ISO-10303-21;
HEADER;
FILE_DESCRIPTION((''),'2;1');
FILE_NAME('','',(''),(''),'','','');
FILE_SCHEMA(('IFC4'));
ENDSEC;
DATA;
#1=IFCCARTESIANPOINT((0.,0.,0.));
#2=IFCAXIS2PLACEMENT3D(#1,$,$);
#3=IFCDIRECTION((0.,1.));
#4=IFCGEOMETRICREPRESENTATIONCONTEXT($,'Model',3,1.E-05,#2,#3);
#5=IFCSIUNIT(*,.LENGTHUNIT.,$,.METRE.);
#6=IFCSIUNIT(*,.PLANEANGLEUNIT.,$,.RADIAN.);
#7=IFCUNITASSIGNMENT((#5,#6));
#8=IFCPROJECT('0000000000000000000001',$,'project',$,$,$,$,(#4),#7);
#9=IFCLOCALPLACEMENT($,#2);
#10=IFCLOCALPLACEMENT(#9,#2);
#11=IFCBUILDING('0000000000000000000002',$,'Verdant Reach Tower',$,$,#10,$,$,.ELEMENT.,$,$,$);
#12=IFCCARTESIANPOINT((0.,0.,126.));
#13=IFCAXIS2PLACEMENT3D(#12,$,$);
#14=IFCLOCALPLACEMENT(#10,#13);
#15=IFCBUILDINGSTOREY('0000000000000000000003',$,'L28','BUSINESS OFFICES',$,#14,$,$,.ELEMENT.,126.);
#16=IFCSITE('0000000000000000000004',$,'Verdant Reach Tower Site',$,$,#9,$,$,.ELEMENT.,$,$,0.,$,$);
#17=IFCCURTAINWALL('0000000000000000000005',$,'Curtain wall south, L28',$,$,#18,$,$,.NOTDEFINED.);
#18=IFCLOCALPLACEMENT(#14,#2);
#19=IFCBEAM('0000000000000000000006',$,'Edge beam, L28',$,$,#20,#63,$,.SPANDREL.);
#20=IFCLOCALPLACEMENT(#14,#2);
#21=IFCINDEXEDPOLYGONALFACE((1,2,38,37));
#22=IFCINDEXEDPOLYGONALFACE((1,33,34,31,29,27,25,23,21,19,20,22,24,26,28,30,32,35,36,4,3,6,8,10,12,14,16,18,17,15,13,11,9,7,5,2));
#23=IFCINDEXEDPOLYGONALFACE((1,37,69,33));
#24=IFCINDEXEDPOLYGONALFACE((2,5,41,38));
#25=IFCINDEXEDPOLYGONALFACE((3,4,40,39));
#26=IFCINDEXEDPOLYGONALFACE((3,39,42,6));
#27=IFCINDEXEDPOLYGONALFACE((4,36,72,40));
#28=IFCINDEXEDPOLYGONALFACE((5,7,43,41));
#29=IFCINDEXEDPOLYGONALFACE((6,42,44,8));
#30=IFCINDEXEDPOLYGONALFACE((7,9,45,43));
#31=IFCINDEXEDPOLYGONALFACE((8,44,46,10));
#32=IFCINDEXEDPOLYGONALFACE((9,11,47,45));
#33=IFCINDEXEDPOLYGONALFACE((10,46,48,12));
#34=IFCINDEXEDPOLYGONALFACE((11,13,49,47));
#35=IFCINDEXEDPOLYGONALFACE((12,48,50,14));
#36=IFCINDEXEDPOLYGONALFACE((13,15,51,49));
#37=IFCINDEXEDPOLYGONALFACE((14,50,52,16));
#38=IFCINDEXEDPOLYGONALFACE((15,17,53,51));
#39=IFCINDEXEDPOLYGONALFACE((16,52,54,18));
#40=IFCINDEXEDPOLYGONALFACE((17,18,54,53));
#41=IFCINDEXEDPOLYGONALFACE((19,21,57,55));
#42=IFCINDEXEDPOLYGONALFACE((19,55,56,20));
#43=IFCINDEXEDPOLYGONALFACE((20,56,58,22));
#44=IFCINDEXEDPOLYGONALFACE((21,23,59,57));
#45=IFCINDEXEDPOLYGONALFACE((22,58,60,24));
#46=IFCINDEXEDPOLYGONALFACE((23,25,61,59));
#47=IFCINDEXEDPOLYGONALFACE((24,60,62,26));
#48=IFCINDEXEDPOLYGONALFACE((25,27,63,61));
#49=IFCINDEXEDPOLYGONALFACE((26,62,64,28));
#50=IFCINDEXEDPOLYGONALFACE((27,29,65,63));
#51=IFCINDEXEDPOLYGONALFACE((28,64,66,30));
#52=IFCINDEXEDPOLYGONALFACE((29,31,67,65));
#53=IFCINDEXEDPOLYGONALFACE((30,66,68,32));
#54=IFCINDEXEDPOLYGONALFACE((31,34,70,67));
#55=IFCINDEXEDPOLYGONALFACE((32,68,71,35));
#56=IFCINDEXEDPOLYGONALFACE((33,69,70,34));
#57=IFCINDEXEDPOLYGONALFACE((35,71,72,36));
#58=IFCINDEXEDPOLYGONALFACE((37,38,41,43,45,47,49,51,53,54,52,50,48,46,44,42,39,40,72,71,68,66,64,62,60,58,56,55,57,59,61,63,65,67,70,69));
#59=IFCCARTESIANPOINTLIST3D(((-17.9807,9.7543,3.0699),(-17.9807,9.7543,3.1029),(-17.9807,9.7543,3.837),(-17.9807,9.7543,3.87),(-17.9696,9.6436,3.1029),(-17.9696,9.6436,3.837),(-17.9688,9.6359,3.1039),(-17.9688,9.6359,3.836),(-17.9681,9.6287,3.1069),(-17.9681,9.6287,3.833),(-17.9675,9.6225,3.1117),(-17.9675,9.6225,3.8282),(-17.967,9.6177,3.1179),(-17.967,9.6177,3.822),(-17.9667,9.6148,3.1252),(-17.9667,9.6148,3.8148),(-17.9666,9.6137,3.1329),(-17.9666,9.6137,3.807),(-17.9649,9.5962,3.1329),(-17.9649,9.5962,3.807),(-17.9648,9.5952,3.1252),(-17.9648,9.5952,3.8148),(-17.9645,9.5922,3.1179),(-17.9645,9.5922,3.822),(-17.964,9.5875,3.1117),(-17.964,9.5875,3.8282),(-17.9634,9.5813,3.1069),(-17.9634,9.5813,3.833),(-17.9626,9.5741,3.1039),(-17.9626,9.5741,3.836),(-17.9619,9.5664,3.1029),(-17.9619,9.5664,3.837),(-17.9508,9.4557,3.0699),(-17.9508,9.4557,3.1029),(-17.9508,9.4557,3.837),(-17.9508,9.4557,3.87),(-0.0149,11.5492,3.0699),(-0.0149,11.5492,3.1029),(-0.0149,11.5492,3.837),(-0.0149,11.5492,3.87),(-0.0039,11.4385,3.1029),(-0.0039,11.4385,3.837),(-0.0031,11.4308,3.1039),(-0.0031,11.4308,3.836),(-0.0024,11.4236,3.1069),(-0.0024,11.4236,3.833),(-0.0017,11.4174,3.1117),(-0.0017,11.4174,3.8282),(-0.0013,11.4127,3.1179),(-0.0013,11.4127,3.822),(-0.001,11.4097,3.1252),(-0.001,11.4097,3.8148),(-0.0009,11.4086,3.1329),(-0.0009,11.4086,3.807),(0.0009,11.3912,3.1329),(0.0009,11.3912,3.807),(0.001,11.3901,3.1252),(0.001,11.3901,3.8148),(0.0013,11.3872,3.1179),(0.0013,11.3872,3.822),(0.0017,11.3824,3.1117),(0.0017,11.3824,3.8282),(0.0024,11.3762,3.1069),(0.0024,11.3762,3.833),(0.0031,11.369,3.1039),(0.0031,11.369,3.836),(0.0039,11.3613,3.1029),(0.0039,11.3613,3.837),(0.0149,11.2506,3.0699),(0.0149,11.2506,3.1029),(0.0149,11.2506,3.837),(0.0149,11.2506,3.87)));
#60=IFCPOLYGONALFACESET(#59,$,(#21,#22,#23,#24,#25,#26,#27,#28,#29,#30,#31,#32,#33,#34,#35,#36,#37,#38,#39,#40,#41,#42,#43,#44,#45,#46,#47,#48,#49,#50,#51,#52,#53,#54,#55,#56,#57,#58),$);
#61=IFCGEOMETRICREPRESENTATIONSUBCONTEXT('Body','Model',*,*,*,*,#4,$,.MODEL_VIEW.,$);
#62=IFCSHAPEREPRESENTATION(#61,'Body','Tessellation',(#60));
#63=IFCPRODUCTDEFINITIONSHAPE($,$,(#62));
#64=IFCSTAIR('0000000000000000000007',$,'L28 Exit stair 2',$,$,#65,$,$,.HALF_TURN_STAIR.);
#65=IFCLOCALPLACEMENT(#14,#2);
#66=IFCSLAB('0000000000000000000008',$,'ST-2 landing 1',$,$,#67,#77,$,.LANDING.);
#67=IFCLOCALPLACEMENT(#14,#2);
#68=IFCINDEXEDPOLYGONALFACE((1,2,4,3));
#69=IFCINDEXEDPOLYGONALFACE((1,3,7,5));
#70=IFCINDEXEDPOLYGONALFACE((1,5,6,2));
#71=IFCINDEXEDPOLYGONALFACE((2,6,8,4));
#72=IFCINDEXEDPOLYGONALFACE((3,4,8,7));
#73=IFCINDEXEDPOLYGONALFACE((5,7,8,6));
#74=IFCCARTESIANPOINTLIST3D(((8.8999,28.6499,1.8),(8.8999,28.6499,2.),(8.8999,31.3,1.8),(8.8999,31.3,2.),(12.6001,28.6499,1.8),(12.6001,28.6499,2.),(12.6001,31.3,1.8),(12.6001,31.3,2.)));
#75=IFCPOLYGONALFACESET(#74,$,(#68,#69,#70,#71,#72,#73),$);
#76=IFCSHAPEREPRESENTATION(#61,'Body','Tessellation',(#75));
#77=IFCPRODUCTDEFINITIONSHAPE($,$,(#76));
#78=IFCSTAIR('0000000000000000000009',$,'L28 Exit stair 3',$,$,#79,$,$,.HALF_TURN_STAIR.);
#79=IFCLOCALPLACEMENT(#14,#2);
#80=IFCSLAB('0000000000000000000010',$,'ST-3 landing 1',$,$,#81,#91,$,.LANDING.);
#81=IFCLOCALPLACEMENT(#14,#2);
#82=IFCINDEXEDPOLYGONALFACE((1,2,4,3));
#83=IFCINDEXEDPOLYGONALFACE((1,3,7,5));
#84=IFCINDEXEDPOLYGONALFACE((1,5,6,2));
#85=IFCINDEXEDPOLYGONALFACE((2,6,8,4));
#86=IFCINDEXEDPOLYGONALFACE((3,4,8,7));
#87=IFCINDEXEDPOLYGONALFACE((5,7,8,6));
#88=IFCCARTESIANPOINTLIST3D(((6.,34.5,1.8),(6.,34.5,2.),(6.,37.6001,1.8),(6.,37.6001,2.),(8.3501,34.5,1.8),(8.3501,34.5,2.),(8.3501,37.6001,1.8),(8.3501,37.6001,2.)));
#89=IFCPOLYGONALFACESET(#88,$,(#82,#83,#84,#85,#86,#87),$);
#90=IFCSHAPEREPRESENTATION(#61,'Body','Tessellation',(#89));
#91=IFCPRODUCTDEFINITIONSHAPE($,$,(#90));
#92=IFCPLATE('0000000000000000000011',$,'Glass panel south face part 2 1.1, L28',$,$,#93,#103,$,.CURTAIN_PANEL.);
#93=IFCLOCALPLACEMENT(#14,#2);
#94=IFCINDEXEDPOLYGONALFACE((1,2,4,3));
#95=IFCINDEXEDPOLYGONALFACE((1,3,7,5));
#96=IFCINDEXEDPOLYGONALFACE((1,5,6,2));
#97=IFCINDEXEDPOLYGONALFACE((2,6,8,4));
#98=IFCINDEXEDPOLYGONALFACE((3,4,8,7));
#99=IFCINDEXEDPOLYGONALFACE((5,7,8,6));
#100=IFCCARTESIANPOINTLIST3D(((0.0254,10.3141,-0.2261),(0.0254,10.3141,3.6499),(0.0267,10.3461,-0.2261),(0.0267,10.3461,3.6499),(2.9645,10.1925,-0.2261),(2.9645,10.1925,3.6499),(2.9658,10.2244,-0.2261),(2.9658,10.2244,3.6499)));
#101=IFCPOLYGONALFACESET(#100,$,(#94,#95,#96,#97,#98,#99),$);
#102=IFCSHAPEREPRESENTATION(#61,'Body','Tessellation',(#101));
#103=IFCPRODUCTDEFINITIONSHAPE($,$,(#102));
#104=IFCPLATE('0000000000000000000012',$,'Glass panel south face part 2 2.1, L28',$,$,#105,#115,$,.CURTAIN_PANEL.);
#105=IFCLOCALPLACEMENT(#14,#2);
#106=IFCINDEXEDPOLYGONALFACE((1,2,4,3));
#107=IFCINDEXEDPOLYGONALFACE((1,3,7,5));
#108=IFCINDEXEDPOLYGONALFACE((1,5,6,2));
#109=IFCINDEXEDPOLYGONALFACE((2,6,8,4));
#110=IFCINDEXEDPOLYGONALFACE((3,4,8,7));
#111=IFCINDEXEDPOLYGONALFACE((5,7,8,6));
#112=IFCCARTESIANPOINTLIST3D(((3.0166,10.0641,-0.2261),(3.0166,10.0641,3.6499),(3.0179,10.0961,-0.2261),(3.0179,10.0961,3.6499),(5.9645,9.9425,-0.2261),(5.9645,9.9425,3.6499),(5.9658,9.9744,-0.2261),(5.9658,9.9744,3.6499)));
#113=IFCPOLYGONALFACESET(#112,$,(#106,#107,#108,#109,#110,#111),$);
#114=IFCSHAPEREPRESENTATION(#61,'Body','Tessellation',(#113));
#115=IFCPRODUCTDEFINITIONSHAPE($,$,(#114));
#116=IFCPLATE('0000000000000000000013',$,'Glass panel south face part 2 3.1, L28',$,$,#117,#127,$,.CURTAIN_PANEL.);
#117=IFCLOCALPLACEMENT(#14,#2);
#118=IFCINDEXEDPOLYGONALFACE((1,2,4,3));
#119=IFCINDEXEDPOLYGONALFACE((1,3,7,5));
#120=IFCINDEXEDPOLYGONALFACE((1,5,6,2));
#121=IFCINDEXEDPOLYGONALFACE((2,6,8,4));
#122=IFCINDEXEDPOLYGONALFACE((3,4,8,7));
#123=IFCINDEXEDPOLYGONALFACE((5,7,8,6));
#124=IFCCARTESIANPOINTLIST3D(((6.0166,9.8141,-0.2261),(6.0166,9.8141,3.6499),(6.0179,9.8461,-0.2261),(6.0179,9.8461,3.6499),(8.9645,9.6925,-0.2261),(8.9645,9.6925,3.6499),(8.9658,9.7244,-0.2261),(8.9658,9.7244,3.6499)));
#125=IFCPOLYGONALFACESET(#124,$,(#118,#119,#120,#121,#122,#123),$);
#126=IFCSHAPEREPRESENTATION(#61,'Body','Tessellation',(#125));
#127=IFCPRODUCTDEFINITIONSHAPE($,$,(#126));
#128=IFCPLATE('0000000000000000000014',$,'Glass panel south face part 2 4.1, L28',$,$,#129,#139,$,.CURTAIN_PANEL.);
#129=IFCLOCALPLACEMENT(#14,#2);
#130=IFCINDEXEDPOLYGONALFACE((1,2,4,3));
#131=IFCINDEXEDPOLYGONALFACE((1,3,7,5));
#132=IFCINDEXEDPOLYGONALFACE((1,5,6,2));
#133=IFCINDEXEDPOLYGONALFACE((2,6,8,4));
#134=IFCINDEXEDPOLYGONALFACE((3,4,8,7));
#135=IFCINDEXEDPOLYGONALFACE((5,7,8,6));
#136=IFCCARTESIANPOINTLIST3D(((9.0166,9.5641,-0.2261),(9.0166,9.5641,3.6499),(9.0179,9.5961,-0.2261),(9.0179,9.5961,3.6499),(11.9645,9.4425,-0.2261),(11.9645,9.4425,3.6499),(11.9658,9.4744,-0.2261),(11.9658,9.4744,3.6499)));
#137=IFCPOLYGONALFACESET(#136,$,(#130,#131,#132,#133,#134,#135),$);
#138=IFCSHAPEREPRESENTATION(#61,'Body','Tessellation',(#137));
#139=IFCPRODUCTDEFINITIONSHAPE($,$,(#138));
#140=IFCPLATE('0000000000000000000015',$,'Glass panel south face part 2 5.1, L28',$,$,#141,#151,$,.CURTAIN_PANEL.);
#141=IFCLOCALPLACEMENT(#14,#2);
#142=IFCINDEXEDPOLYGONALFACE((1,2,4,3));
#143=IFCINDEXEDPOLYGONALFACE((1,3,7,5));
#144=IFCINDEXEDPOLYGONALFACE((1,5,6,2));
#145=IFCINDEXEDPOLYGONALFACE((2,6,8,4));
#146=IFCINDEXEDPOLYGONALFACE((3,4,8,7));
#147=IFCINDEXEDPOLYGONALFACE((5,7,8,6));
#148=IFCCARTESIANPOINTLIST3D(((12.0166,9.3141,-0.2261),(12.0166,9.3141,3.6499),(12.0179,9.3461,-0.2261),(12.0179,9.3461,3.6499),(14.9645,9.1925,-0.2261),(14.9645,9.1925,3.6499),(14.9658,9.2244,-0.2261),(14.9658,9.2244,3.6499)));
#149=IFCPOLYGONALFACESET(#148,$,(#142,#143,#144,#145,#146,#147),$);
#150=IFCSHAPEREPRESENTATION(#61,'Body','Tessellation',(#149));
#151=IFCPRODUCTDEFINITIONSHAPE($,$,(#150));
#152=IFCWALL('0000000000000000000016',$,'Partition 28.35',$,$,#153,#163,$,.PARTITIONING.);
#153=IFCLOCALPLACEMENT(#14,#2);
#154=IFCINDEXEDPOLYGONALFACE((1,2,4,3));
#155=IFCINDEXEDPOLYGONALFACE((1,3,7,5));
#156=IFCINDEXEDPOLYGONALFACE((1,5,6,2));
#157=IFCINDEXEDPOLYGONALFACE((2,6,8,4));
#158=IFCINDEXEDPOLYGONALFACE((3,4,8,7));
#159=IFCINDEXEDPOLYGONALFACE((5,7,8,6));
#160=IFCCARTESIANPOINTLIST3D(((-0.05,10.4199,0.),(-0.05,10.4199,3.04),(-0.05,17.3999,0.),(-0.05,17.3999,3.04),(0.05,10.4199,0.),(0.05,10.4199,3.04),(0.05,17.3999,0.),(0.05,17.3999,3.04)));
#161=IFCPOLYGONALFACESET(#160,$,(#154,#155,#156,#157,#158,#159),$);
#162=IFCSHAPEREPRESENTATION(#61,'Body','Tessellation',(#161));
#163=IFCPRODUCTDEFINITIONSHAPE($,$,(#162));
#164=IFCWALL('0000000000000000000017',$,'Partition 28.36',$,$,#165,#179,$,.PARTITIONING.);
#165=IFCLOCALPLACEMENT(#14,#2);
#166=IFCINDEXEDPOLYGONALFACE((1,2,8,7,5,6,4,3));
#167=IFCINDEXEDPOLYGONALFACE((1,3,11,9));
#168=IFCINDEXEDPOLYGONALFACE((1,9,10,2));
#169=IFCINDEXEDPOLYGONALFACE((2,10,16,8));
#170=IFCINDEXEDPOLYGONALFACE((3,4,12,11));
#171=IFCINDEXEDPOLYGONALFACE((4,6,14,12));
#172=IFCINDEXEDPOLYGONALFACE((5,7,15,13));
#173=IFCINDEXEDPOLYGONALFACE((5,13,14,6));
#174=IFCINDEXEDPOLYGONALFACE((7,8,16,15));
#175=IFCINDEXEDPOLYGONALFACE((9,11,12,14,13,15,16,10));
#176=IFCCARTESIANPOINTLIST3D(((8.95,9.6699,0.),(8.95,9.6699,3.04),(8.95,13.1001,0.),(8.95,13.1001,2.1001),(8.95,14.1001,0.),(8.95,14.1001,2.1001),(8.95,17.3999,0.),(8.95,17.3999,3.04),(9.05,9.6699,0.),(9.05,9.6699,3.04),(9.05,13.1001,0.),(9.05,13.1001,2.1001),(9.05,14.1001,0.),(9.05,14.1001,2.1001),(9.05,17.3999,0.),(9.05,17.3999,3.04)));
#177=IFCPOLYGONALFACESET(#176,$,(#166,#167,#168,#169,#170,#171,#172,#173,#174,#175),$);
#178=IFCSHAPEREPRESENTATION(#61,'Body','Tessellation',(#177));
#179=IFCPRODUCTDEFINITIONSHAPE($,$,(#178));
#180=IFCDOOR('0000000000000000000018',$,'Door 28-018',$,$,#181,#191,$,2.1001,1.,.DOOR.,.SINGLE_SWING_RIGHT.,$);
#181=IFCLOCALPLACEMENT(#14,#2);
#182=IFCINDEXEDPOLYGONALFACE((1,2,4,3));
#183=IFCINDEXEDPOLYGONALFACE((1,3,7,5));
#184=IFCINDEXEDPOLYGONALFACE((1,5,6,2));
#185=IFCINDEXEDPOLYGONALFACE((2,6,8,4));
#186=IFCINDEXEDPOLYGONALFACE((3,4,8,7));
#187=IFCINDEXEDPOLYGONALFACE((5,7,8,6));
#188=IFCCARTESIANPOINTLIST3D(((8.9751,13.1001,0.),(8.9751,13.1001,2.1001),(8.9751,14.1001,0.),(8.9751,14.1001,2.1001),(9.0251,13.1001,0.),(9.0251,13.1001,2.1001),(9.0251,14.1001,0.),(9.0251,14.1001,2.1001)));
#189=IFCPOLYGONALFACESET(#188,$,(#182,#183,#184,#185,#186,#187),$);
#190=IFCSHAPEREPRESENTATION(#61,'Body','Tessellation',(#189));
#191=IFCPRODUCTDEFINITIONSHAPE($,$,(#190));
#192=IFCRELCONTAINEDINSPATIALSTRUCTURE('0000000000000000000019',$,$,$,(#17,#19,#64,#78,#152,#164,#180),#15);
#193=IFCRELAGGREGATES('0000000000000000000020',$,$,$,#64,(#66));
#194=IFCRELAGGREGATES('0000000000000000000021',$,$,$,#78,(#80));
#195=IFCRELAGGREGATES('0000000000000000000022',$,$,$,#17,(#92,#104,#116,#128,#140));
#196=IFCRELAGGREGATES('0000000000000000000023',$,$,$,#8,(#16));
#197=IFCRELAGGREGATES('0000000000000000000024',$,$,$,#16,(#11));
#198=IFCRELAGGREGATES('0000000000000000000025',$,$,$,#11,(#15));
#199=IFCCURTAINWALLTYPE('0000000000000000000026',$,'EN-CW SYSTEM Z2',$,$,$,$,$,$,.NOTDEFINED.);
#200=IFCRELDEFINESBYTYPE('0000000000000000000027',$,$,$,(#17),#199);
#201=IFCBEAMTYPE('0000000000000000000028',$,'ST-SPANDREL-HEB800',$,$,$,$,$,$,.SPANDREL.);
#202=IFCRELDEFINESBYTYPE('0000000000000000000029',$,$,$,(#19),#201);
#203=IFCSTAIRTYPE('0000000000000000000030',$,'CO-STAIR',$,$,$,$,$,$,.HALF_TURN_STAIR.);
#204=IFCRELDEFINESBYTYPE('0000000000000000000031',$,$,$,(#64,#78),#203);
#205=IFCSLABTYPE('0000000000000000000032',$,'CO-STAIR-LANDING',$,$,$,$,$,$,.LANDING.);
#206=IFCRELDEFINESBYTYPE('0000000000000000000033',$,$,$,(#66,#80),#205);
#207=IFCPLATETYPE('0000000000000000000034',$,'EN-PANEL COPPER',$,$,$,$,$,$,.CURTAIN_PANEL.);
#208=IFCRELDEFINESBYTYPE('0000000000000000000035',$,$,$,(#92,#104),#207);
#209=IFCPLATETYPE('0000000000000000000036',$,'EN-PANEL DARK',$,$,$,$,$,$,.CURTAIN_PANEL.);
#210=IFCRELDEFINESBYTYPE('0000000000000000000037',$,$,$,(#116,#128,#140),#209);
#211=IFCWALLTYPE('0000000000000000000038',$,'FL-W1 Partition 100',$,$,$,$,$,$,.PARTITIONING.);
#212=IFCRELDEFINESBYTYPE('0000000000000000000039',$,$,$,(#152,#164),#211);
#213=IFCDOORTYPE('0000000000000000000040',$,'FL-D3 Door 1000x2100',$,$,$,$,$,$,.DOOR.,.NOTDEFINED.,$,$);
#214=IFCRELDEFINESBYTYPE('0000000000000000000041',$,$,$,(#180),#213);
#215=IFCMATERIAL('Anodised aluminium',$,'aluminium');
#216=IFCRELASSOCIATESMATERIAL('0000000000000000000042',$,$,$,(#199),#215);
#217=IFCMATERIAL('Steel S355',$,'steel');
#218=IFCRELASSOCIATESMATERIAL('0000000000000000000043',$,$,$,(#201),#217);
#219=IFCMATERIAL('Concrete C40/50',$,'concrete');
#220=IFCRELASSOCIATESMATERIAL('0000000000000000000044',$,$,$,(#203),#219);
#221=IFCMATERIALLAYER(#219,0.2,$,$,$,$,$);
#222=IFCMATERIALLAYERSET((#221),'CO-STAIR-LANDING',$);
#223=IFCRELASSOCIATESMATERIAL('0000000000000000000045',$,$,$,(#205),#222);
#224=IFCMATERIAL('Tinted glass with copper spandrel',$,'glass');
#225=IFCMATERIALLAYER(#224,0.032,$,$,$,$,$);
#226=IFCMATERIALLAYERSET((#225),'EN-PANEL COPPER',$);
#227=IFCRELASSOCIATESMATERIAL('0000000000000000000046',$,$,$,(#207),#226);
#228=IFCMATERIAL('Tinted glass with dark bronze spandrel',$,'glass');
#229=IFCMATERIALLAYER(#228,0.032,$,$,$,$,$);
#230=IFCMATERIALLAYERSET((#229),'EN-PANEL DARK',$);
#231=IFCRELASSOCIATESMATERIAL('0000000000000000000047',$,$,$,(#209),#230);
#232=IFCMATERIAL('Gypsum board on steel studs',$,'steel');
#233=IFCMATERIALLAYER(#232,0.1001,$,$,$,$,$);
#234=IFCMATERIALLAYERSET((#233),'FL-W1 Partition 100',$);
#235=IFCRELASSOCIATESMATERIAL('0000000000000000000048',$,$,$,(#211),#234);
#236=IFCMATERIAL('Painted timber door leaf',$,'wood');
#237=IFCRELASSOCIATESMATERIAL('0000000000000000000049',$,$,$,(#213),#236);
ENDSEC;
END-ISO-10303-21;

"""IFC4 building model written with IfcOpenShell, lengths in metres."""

from ifc_helpers import new_model, si_unit, direction, frame, frame_2d, origin, origin_2d, place, context, subcontext, project, spatial, polyline, rectangle, i_section, outline, extrude, material, layer, layer_set, material_profile, profile_set, type_object, element, fill, aggregate, save


model = new_model("IFC4")

# Units and contexts
model_context = context("Model", 3, precision=1e-05, world=origin(), true_north=direction((0.0, 1.0)))
body_context = subcontext(model_context, "Body", "Model", "MODEL_VIEW")
ifc_project = project(units=[si_unit("LENGTHUNIT", "METRE"), si_unit("PLANEANGLEUNIT", "RADIAN")], contexts=[model_context])

# Site, building, storey
site_placement = place(None, origin())
site = spatial("IfcSite", under=ifc_project, at=site_placement, Name="Verdant Reach Tower Site", CompositionType="ELEMENT", RefElevation=0.0)
building_placement = place(site_placement, origin())
building = spatial("IfcBuilding", under=site, at=building_placement, Name="Verdant Reach Tower", CompositionType="ELEMENT")
storey_placement = place(building_placement, frame((0.0, 0.0, 126.0)))
storey = spatial("IfcBuildingStorey", under=building, at=storey_placement, Name="L28", Description="BUSINESS OFFICES", CompositionType="ELEMENT", Elevation=126.0)

# Curtain wall
ifc_material_1 = material(Name="Anodised aluminium", Category="aluminium")
curtain_wall_type = type_object("IfcCurtainWallType", Name="EN-CW SYSTEM Z2", PredefinedType="NOTDEFINED", material=ifc_material_1)
curtain_wall_placement = place(storey_placement, origin())
curtain_wall = element("IfcCurtainWall", 1, at=curtain_wall_placement, inside=storey, type_object=curtain_wall_type, Name="Curtain wall south, L28", PredefinedType="NOTDEFINED")

# Beam
ifc_material_2 = material(Name="Steel S355", Category="steel")
ifc_material_profile_1 = material_profile(ifc_material_2, i_section(OverallWidth=0.3, OverallDepth=0.8, WebThickness=0.0176, FlangeThickness=0.033, FilletRadius=0.03, at=origin_2d()), Name="HEB 800")
ifc_profile_set_1 = profile_set([ifc_material_profile_1], Name="Steel S355")
beam_type_1 = type_object("IfcBeamType", Name="ST-SPANDREL-HEB800", PredefinedType="SPANDREL", material=ifc_profile_set_1)
beam_1_placement = place(storey_placement, frame((0.0, 11.3999, 3.47), z_axis=(-0.995046, -0.099413, 0.0), x_axis=(0.099413, -0.995046, 0.0)))
element("IfcBeam", 2, at=beam_1_placement, inside=storey, type_object=beam_type_1, Name="Edge beam, L28", PredefinedType="SPANDREL", context=body_context, shape_type="SweptSolid", body=[
    extrude(i_section(OverallWidth=0.3, OverallDepth=0.8, WebThickness=0.0176, FlangeThickness=0.033, FilletRadius=0.03, at=origin_2d()), origin(), (0.0, 0.0, 1.0), 18.0552),
])

# Stairs, slabs
ifc_material_3 = material(Name="Concrete C40/50", Category="concrete")
stair_type = type_object("IfcStairType", Name="CO-STAIR", PredefinedType="HALF_TURN_STAIR", material=ifc_material_3)
stair_1_placement = place(storey_placement, origin())
stair_1 = element("IfcStair", 3, at=stair_1_placement, inside=storey, type_object=stair_type, Name="L28 Exit stair 2", PredefinedType="HALF_TURN_STAIR")
ifc_layer_1 = layer(ifc_material_3, 0.2)
ifc_layer_set_1 = layer_set([ifc_layer_1], Name="CO-STAIR-LANDING")
slab_type = type_object("IfcSlabType", Name="CO-STAIR-LANDING", PredefinedType="LANDING", material=ifc_layer_set_1)
slab_1_placement = place(storey_placement, frame((0.0, 0.0, 1.8)))
slab_1 = element("IfcSlab", 4, at=slab_1_placement, type_object=slab_type, Name="ST-2 landing 1", PredefinedType="LANDING", context=body_context, shape_type="SweptSolid", body=[
    extrude(outline(polyline([(12.6001, 28.6499), (12.6001, 31.3), (8.8999, 31.3), (8.8999, 28.6499), (12.6001, 28.6499)])), origin(), (0.0, 0.0, 1.0), 0.2),
])
aggregate(stair_1, [slab_1])
stair_2_placement = place(storey_placement, origin())
stair_2 = element("IfcStair", 5, at=stair_2_placement, inside=storey, type_object=stair_type, Name="L28 Exit stair 3", PredefinedType="HALF_TURN_STAIR")
slab_2_placement = place(storey_placement, frame((0.0, 0.0, 1.8)))
slab_2 = element("IfcSlab", 6, at=slab_2_placement, type_object=slab_type, Name="ST-3 landing 1", PredefinedType="LANDING", context=body_context, shape_type="SweptSolid", body=[
    extrude(outline(polyline([(8.3501, 37.6001), (6.0, 37.6001), (6.0, 34.5), (8.3501, 34.5), (8.3501, 37.6001)])), origin(), (0.0, 0.0, 1.0), 0.2),
])
aggregate(stair_2, [slab_2])

# Plates
ifc_material_4 = material(Name="Tinted glass with copper spandrel", Category="glass")
ifc_layer_2 = layer(ifc_material_4, 0.032)
ifc_layer_set_2 = layer_set([ifc_layer_2], Name="EN-PANEL COPPER")
plate_type_1 = type_object("IfcPlateType", Name="EN-PANEL COPPER", PredefinedType="CURTAIN_PANEL", material=ifc_layer_set_2)
plate_1_placement = place(storey_placement, frame((1.4956, 10.2693, -0.2261), z_axis=(0.0, 0.0, 1.0), x_axis=(0.999144, -0.041364, 0.0)))
plate_1 = element("IfcPlate", 7, at=plate_1_placement, type_object=plate_type_1, Name="Glass panel south face part 2 1.1, L28", PredefinedType="CURTAIN_PANEL", context=body_context, shape_type="SweptSolid", body=[
    extrude(rectangle(XDim=2.9417, YDim=0.032, at=origin_2d()), origin(), (0.0, 0.0, 1.0), 3.876),
])
plate_2_placement = place(storey_placement, frame((4.4912, 10.0193, -0.2261), z_axis=(0.0, 0.0, 1.0), x_axis=(0.999149, -0.041242, 0.0)))
plate_2 = element("IfcPlate", 8, at=plate_2_placement, type_object=plate_type_1, Name="Glass panel south face part 2 2.1, L28", PredefinedType="CURTAIN_PANEL", context=body_context, shape_type="SweptSolid", body=[
    extrude(rectangle(XDim=2.9504, YDim=0.032, at=origin_2d()), origin(), (0.0, 0.0, 1.0), 3.876),
])
ifc_material_5 = material(Name="Tinted glass with dark bronze spandrel", Category="glass")
ifc_layer_3 = layer(ifc_material_5, 0.032)
ifc_layer_set_3 = layer_set([ifc_layer_3], Name="EN-PANEL DARK")
plate_type_2 = type_object("IfcPlateType", Name="EN-PANEL DARK", PredefinedType="CURTAIN_PANEL", material=ifc_layer_set_3)
plate_3_placement = place(storey_placement, frame((7.4912, 9.7693, -0.2261), z_axis=(0.0, 0.0, 1.0), x_axis=(0.999149, -0.041242, 0.0)))
plate_3 = element("IfcPlate", 9, at=plate_3_placement, type_object=plate_type_2, Name="Glass panel south face part 2 3.1, L28", PredefinedType="CURTAIN_PANEL", context=body_context, shape_type="SweptSolid", body=[
    extrude(rectangle(XDim=2.9504, YDim=0.032, at=origin_2d()), origin(), (0.0, 0.0, 1.0), 3.876),
])
plate_4_placement = place(storey_placement, frame((10.4912, 9.5193, -0.2261), z_axis=(0.0, 0.0, 1.0), x_axis=(0.999149, -0.041242, 0.0)))
plate_4 = element("IfcPlate", 10, at=plate_4_placement, type_object=plate_type_2, Name="Glass panel south face part 2 4.1, L28", PredefinedType="CURTAIN_PANEL", context=body_context, shape_type="SweptSolid", body=[
    extrude(rectangle(XDim=2.9504, YDim=0.032, at=origin_2d()), origin(), (0.0, 0.0, 1.0), 3.876),
])
plate_5_placement = place(storey_placement, frame((13.4912, 9.2693, -0.2261), z_axis=(0.0, 0.0, 1.0), x_axis=(0.999149, -0.041242, 0.0)))
plate_5 = element("IfcPlate", 11, at=plate_5_placement, type_object=plate_type_2, Name="Glass panel south face part 2 5.1, L28", PredefinedType="CURTAIN_PANEL", context=body_context, shape_type="SweptSolid", body=[
    extrude(rectangle(XDim=2.9504, YDim=0.032, at=origin_2d()), origin(), (0.0, 0.0, 1.0), 3.876),
])
aggregate(curtain_wall, [plate_1, plate_2, plate_3, plate_4, plate_5])

# Wall
ifc_material_6 = material(Name="Gypsum board on steel studs", Category="steel")
ifc_layer_4 = layer(ifc_material_6, 0.1001)
ifc_layer_set_4 = layer_set([ifc_layer_4], Name="FL-W1 Partition 100")
wall_type_1 = type_object("IfcWallType", Name="FL-W1 Partition 100", PredefinedType="PARTITIONING", material=ifc_layer_set_4)
wall_1_placement = place(storey_placement, frame((0.0, 10.4199, 0.0), z_axis=(0.0, 0.0, 1.0), x_axis=(0.0, 1.0, 0.0)))
element("IfcWall", 12, at=wall_1_placement, inside=storey, type_object=wall_type_1, Name="Partition 28.35", PredefinedType="PARTITIONING", context=body_context, shape_type="SweptSolid", body=[
    extrude(rectangle(XDim=6.98, YDim=0.1001, at=frame_2d((3.49, 0.0))), origin(), (0.0, 0.0, 1.0), 3.04),
])

# Wall, opening, door
wall_2_placement = place(storey_placement, frame((9.0, 9.6699, 0.0), z_axis=(0.0, 0.0, 1.0), x_axis=(0.0, 1.0, 0.0)))
wall_2 = element("IfcWall", 13, at=wall_2_placement, inside=storey, type_object=wall_type_1, Name="Partition 28.36", PredefinedType="PARTITIONING", context=body_context, shape_type="SweptSolid", body=[
    extrude(rectangle(XDim=7.73, YDim=0.1001, at=frame_2d((3.865, 0.0))), origin(), (0.0, 0.0, 1.0), 3.04),
])
opening_1_placement = place(wall_2_placement, frame((3.4302, 0.0, 0.0)))
opening_1 = element("IfcOpeningElement", 14, at=opening_1_placement, cuts=wall_2, PredefinedType="OPENING", context=body_context, shape_type="SweptSolid", body=[
    extrude(rectangle(XDim=1.0, YDim=2.1001, at=frame_2d((0.5, 1.05))), frame((0.0, 0.0601, 0.0), z_axis=(0.0, -1.0, 0.0), x_axis=(1.0, 0.0, 0.0)), (0.0, 0.0, 1.0), 0.1201),
])
ifc_material_7 = material(Name="Painted timber door leaf", Category="wood")
door_type_1 = type_object("IfcDoorType", Name="FL-D3 Door 1000x2100", OperationType="NOTDEFINED", PredefinedType="DOOR", material=ifc_material_7)
door_1_placement = place(opening_1_placement, origin())
door_1 = element("IfcDoor", 15, at=door_1_placement, inside=storey, type_object=door_type_1, Name="Door 28-018", OperationType="SINGLE_SWING_RIGHT", OverallHeight=2.1001, OverallWidth=1.0, PredefinedType="DOOR", context=body_context, shape_type="SweptSolid", body=[
    extrude(rectangle(XDim=1.0, YDim=2.1001, at=frame_2d((0.5, 1.05))), frame((0.0, 0.0249, 0.0), z_axis=(0.0, -1.0, 0.0), x_axis=(1.0, 0.0, 0.0)), (0.0, 0.0, 1.0), 0.05),
])
fill(opening_1, door_1)

save(model, "model.ifc")
